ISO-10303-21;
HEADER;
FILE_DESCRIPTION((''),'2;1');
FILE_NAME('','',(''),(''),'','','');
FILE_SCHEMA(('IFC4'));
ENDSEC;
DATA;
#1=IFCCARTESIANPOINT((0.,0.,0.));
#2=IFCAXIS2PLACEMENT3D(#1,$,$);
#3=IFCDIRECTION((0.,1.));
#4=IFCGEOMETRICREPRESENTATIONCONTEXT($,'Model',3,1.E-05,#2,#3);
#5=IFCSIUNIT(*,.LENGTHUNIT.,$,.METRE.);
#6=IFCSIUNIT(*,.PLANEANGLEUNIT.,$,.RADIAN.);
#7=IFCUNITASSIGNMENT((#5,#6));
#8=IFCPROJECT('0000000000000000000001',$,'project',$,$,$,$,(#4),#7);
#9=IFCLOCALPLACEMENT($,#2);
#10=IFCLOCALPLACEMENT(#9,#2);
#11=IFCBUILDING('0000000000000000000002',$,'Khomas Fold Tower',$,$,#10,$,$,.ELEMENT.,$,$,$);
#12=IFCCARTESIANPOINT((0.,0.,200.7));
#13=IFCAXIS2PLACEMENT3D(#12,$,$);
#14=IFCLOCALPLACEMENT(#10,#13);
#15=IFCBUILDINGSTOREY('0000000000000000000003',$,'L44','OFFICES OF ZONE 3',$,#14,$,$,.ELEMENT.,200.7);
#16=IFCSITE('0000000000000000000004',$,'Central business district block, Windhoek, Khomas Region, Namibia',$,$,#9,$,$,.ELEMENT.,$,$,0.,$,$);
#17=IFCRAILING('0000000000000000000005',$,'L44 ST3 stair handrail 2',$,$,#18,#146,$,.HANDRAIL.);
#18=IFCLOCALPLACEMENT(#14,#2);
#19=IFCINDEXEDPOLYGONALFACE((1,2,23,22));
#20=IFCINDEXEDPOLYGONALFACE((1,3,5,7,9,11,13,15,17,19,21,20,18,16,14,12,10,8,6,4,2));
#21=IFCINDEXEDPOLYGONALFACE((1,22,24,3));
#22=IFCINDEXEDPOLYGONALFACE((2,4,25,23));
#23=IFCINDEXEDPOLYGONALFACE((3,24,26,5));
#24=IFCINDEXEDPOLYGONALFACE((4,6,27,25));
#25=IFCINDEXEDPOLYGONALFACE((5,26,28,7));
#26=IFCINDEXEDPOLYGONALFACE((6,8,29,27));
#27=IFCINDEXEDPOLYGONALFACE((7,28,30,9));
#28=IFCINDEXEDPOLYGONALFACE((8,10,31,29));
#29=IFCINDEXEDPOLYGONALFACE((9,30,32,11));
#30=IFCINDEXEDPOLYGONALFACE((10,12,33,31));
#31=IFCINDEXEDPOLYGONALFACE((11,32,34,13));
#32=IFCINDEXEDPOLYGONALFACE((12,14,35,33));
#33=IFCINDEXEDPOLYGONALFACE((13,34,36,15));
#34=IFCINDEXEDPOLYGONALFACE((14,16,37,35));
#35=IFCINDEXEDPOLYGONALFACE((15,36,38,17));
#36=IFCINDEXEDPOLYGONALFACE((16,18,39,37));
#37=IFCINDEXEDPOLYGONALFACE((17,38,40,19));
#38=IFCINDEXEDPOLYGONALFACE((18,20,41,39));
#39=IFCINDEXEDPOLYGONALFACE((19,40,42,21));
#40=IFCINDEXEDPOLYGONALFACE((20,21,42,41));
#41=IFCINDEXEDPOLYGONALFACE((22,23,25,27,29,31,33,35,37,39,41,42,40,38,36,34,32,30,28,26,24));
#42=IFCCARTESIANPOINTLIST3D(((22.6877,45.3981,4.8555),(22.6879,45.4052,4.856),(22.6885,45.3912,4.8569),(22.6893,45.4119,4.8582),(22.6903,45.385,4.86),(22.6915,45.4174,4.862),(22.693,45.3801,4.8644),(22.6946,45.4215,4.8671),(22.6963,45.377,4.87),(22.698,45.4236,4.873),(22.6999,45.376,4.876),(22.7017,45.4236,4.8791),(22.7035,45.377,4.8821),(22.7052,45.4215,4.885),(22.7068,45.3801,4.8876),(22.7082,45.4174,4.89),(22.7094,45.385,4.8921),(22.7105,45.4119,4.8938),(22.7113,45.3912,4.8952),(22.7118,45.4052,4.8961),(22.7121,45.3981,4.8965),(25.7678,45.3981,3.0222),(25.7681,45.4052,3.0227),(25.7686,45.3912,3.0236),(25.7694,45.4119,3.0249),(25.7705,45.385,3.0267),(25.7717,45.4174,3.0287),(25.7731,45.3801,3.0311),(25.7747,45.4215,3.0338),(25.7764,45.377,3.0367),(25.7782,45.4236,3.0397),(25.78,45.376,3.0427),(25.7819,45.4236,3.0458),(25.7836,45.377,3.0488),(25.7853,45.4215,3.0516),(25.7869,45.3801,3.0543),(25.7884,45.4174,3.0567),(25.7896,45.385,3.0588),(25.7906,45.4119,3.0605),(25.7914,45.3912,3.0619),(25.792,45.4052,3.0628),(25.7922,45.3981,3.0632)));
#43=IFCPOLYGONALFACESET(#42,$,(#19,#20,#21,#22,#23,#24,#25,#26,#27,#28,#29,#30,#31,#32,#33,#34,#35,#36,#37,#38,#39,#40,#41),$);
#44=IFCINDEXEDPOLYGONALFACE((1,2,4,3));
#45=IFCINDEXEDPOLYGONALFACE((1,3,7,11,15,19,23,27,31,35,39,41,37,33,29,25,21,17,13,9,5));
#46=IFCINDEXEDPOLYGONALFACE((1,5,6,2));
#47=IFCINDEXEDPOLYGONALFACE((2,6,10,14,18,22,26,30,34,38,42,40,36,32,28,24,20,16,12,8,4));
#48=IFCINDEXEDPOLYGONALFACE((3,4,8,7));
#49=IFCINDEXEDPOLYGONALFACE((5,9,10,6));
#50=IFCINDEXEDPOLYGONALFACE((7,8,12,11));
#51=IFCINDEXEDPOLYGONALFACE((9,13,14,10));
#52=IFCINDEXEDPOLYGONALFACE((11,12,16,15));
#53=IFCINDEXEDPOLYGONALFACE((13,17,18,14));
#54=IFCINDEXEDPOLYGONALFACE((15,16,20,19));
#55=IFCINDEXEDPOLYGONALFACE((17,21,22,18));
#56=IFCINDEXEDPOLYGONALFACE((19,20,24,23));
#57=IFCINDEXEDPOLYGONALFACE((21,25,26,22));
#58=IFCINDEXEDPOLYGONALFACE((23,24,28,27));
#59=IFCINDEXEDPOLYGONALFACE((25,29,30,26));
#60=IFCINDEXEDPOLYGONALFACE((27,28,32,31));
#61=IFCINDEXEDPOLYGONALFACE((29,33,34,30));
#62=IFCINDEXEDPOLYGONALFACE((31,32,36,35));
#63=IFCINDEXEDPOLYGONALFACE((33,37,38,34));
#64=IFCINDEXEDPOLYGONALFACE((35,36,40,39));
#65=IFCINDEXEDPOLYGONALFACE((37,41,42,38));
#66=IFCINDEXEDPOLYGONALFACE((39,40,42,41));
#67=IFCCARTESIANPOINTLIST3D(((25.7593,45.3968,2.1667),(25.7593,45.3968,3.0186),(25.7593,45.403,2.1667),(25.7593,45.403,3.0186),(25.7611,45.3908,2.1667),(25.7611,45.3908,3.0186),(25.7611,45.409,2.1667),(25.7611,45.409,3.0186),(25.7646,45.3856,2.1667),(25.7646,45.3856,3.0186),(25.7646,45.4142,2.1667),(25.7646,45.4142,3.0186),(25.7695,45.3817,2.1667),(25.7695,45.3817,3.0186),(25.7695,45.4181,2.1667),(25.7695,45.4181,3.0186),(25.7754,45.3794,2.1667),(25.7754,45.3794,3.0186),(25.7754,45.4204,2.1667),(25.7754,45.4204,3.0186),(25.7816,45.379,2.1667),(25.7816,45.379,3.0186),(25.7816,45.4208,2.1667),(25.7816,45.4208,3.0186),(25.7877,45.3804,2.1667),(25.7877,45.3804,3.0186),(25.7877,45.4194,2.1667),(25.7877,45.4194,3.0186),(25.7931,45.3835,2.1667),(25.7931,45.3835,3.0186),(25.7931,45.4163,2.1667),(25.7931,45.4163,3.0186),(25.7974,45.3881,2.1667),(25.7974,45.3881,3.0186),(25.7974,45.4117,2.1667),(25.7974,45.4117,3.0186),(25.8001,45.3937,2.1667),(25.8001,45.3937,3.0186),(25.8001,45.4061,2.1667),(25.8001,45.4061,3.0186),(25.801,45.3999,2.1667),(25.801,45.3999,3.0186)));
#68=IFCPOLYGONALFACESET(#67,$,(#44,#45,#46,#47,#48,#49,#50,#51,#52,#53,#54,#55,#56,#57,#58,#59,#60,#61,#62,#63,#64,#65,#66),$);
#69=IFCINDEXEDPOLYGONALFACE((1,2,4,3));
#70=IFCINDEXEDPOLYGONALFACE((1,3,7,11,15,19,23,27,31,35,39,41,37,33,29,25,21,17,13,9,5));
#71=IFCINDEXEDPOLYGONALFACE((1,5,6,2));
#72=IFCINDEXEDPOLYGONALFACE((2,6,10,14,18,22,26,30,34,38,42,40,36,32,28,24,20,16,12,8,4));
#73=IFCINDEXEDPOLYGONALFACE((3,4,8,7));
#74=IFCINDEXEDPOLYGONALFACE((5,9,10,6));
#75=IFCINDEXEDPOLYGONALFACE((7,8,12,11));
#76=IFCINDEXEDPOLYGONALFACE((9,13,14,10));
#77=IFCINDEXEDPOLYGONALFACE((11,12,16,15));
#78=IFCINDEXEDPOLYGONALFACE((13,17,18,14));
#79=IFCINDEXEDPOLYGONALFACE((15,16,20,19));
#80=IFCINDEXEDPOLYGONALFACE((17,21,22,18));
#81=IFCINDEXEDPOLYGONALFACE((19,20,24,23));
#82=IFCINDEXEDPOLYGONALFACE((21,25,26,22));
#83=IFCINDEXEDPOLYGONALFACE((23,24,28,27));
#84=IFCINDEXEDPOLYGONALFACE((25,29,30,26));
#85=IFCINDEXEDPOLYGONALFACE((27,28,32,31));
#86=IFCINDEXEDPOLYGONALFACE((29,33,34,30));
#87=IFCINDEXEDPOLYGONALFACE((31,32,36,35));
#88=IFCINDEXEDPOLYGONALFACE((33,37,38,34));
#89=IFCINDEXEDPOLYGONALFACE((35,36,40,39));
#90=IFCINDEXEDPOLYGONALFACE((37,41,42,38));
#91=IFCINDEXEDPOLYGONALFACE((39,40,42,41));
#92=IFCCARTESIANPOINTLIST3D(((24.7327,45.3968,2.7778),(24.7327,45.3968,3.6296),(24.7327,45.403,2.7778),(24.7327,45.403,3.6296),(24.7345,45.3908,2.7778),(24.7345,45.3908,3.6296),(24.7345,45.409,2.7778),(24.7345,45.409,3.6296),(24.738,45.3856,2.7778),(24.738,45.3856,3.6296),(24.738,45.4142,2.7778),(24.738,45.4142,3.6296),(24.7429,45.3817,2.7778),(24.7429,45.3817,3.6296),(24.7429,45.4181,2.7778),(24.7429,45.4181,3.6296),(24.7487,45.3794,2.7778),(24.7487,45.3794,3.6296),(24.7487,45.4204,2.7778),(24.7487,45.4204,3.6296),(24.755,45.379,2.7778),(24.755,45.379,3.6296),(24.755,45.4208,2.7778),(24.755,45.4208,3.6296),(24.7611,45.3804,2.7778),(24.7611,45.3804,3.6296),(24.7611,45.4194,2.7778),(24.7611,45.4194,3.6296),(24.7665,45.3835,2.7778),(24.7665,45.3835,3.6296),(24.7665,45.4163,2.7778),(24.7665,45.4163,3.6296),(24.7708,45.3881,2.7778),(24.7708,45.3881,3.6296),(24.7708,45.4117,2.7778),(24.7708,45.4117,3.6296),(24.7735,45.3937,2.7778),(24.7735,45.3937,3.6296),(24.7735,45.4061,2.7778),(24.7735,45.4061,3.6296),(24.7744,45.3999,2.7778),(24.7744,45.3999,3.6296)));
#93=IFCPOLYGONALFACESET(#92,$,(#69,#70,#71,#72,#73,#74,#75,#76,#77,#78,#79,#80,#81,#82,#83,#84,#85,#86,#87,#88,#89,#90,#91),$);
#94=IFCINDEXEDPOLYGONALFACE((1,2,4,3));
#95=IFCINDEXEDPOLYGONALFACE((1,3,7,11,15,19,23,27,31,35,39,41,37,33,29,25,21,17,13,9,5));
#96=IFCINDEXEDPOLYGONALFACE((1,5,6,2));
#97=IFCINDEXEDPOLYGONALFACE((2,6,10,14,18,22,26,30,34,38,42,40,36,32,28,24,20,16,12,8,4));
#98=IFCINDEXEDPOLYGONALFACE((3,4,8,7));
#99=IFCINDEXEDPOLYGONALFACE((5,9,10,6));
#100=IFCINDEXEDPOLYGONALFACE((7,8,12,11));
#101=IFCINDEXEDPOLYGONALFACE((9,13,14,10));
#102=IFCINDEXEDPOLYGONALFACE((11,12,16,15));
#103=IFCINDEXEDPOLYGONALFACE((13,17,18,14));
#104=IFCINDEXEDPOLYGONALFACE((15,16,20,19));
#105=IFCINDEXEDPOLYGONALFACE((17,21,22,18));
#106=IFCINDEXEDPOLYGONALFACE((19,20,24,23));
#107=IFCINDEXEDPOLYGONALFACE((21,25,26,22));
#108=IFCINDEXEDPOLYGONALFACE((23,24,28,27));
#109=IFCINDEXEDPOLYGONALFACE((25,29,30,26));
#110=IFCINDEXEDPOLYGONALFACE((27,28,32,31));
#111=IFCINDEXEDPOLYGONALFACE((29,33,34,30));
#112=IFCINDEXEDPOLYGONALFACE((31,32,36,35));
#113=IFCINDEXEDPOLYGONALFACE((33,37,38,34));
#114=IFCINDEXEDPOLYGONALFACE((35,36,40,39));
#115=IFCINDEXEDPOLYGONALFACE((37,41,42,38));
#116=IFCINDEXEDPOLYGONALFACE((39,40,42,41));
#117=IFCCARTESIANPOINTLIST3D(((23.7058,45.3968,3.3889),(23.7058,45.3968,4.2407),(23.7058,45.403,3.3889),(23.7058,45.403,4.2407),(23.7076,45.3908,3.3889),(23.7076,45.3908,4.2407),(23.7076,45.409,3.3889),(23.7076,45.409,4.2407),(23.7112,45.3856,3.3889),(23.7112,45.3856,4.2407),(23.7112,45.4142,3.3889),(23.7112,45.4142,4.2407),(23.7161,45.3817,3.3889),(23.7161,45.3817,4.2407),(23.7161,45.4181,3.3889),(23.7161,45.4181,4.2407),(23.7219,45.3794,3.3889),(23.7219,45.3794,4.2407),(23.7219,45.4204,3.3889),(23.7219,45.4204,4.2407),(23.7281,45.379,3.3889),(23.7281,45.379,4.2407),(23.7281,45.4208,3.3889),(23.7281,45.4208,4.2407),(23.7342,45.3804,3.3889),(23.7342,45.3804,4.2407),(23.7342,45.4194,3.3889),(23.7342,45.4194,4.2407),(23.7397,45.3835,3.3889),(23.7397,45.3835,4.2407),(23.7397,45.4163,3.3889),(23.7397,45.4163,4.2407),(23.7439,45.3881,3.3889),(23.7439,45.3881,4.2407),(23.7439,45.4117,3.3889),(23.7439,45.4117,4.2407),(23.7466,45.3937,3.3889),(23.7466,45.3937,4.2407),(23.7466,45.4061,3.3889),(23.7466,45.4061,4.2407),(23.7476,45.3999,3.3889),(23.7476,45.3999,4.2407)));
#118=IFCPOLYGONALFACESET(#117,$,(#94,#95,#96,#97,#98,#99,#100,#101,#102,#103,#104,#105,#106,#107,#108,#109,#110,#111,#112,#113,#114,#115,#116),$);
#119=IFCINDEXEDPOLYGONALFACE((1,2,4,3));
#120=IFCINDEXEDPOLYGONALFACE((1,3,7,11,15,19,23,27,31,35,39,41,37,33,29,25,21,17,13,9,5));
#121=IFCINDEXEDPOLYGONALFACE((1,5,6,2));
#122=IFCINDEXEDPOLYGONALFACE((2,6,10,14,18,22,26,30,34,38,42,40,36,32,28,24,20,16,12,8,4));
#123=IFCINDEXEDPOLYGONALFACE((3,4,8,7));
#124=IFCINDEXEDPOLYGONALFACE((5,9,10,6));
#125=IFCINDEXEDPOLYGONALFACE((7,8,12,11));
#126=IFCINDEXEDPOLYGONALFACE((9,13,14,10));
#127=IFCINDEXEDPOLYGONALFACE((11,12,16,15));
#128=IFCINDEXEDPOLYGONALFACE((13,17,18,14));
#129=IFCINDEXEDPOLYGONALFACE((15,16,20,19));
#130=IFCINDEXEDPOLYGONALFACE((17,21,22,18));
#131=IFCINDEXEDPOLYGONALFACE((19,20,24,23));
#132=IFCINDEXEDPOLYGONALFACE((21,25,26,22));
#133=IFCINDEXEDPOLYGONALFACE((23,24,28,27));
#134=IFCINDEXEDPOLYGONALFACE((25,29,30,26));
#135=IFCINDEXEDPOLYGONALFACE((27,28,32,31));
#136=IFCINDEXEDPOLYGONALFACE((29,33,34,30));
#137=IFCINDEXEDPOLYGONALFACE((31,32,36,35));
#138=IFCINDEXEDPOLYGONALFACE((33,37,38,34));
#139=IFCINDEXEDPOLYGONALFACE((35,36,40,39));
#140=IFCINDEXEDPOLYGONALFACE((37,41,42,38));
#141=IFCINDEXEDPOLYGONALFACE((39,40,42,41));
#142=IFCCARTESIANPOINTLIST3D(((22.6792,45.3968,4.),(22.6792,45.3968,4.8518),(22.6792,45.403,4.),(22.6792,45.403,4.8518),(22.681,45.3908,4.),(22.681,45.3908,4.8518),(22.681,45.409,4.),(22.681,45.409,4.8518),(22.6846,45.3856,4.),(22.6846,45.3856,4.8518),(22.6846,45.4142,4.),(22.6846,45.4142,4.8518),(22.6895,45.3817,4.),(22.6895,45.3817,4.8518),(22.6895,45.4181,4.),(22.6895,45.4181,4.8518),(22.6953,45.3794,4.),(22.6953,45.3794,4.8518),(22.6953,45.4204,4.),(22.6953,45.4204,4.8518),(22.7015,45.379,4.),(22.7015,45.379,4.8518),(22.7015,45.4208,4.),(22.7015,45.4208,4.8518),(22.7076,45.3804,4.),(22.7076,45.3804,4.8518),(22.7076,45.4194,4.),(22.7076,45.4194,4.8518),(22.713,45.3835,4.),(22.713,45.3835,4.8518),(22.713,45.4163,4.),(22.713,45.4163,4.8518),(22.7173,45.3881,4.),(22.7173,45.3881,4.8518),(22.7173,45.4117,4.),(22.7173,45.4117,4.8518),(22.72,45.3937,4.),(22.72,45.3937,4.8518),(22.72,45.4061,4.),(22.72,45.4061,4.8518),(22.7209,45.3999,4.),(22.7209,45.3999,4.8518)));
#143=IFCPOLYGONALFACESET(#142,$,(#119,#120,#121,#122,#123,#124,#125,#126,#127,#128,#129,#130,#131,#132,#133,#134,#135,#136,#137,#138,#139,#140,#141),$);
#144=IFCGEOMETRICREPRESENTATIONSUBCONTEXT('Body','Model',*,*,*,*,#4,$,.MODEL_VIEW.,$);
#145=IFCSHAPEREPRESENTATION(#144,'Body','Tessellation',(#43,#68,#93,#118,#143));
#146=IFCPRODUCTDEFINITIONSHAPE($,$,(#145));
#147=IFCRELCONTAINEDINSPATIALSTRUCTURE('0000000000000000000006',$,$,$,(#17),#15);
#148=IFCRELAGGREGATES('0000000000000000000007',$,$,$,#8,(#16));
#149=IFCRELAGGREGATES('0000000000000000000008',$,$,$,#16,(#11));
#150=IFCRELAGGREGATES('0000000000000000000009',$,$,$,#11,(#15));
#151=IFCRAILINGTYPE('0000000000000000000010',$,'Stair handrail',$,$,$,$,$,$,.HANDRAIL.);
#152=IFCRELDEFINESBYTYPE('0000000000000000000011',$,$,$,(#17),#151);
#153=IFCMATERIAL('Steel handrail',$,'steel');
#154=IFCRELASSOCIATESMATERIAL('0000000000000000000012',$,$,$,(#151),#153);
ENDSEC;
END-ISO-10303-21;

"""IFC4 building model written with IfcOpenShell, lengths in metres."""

from ifc_helpers import new_model, si_unit, direction, frame, origin, origin_2d, place, context, subcontext, project, spatial, circle, extrude, source, transform, mapped, material, type_object, element, save


model = new_model("IFC4")

# Units and contexts
model_context = context("Model", 3, precision=1e-05, world=origin(), true_north=direction((0.0, 1.0)))
body_context = subcontext(model_context, "Body", "Model", "MODEL_VIEW")
ifc_project = project(units=[si_unit("LENGTHUNIT", "METRE"), si_unit("PLANEANGLEUNIT", "RADIAN")], contexts=[model_context])

# Site, building, storey
site_placement = place(None, origin())
site = spatial("IfcSite", under=ifc_project, at=site_placement, Name="Central business district block, Windhoek, Khomas Region, Namibia", CompositionType="ELEMENT", RefElevation=0.0)
building_placement = place(site_placement, origin())
building = spatial("IfcBuilding", under=site, at=building_placement, Name="Khomas Fold Tower", CompositionType="ELEMENT")
storey_placement = place(building_placement, frame((0.0, 0.0, 200.7)))
storey = spatial("IfcBuildingStorey", under=building, at=storey_placement, Name="L44", Description="OFFICES OF ZONE 3", CompositionType="ELEMENT", Elevation=200.7)

# Railing
ifc_material_1 = material(Name="Steel handrail", Category="steel")
railing_type_1 = type_object("IfcRailingType", Name="Stair handrail", PredefinedType="HANDRAIL", material=ifc_material_1)
shared_shape_1 = source(origin(), body_context, "Body", "SweptSolid", [
    extrude(circle(Radius=0.0239, at=origin_2d()), frame((0.0, 0.0, 0.876), z_axis=(-0.859309, 0.0, 0.511458), x_axis=(0.0, -1.0, 0.0)), (0.0, 0.0, 1.0), 3.5845),
    extrude(circle(Radius=0.021, at=origin_2d()), origin(), (0.0, 0.0, 1.0), 0.8518),
    extrude(circle(Radius=0.021, at=origin_2d()), frame((-1.0266, 0.0, 0.6111)), (0.0, 0.0, 1.0), 0.8518),
    extrude(circle(Radius=0.021, at=origin_2d()), frame((-2.0535, 0.0, 1.2222)), (0.0, 0.0, 1.0), 0.8518),
    extrude(circle(Radius=0.021, at=origin_2d()), frame((-3.0801, 0.0, 1.8333)), (0.0, 0.0, 1.0), 0.8518),
])
railing_1_placement = place(storey_placement, frame((25.78, 45.3999, 2.1667)))
element("IfcRailing", 1, at=railing_1_placement, inside=storey, type_object=railing_type_1, Name="L44 ST3 stair handrail 2", PredefinedType="HANDRAIL", context=body_context, shape_type="MappedRepresentation", body=[
    mapped(shared_shape_1, transform((0.0, 0.0, 0.0))),
])

save(model, "model.ifc")
